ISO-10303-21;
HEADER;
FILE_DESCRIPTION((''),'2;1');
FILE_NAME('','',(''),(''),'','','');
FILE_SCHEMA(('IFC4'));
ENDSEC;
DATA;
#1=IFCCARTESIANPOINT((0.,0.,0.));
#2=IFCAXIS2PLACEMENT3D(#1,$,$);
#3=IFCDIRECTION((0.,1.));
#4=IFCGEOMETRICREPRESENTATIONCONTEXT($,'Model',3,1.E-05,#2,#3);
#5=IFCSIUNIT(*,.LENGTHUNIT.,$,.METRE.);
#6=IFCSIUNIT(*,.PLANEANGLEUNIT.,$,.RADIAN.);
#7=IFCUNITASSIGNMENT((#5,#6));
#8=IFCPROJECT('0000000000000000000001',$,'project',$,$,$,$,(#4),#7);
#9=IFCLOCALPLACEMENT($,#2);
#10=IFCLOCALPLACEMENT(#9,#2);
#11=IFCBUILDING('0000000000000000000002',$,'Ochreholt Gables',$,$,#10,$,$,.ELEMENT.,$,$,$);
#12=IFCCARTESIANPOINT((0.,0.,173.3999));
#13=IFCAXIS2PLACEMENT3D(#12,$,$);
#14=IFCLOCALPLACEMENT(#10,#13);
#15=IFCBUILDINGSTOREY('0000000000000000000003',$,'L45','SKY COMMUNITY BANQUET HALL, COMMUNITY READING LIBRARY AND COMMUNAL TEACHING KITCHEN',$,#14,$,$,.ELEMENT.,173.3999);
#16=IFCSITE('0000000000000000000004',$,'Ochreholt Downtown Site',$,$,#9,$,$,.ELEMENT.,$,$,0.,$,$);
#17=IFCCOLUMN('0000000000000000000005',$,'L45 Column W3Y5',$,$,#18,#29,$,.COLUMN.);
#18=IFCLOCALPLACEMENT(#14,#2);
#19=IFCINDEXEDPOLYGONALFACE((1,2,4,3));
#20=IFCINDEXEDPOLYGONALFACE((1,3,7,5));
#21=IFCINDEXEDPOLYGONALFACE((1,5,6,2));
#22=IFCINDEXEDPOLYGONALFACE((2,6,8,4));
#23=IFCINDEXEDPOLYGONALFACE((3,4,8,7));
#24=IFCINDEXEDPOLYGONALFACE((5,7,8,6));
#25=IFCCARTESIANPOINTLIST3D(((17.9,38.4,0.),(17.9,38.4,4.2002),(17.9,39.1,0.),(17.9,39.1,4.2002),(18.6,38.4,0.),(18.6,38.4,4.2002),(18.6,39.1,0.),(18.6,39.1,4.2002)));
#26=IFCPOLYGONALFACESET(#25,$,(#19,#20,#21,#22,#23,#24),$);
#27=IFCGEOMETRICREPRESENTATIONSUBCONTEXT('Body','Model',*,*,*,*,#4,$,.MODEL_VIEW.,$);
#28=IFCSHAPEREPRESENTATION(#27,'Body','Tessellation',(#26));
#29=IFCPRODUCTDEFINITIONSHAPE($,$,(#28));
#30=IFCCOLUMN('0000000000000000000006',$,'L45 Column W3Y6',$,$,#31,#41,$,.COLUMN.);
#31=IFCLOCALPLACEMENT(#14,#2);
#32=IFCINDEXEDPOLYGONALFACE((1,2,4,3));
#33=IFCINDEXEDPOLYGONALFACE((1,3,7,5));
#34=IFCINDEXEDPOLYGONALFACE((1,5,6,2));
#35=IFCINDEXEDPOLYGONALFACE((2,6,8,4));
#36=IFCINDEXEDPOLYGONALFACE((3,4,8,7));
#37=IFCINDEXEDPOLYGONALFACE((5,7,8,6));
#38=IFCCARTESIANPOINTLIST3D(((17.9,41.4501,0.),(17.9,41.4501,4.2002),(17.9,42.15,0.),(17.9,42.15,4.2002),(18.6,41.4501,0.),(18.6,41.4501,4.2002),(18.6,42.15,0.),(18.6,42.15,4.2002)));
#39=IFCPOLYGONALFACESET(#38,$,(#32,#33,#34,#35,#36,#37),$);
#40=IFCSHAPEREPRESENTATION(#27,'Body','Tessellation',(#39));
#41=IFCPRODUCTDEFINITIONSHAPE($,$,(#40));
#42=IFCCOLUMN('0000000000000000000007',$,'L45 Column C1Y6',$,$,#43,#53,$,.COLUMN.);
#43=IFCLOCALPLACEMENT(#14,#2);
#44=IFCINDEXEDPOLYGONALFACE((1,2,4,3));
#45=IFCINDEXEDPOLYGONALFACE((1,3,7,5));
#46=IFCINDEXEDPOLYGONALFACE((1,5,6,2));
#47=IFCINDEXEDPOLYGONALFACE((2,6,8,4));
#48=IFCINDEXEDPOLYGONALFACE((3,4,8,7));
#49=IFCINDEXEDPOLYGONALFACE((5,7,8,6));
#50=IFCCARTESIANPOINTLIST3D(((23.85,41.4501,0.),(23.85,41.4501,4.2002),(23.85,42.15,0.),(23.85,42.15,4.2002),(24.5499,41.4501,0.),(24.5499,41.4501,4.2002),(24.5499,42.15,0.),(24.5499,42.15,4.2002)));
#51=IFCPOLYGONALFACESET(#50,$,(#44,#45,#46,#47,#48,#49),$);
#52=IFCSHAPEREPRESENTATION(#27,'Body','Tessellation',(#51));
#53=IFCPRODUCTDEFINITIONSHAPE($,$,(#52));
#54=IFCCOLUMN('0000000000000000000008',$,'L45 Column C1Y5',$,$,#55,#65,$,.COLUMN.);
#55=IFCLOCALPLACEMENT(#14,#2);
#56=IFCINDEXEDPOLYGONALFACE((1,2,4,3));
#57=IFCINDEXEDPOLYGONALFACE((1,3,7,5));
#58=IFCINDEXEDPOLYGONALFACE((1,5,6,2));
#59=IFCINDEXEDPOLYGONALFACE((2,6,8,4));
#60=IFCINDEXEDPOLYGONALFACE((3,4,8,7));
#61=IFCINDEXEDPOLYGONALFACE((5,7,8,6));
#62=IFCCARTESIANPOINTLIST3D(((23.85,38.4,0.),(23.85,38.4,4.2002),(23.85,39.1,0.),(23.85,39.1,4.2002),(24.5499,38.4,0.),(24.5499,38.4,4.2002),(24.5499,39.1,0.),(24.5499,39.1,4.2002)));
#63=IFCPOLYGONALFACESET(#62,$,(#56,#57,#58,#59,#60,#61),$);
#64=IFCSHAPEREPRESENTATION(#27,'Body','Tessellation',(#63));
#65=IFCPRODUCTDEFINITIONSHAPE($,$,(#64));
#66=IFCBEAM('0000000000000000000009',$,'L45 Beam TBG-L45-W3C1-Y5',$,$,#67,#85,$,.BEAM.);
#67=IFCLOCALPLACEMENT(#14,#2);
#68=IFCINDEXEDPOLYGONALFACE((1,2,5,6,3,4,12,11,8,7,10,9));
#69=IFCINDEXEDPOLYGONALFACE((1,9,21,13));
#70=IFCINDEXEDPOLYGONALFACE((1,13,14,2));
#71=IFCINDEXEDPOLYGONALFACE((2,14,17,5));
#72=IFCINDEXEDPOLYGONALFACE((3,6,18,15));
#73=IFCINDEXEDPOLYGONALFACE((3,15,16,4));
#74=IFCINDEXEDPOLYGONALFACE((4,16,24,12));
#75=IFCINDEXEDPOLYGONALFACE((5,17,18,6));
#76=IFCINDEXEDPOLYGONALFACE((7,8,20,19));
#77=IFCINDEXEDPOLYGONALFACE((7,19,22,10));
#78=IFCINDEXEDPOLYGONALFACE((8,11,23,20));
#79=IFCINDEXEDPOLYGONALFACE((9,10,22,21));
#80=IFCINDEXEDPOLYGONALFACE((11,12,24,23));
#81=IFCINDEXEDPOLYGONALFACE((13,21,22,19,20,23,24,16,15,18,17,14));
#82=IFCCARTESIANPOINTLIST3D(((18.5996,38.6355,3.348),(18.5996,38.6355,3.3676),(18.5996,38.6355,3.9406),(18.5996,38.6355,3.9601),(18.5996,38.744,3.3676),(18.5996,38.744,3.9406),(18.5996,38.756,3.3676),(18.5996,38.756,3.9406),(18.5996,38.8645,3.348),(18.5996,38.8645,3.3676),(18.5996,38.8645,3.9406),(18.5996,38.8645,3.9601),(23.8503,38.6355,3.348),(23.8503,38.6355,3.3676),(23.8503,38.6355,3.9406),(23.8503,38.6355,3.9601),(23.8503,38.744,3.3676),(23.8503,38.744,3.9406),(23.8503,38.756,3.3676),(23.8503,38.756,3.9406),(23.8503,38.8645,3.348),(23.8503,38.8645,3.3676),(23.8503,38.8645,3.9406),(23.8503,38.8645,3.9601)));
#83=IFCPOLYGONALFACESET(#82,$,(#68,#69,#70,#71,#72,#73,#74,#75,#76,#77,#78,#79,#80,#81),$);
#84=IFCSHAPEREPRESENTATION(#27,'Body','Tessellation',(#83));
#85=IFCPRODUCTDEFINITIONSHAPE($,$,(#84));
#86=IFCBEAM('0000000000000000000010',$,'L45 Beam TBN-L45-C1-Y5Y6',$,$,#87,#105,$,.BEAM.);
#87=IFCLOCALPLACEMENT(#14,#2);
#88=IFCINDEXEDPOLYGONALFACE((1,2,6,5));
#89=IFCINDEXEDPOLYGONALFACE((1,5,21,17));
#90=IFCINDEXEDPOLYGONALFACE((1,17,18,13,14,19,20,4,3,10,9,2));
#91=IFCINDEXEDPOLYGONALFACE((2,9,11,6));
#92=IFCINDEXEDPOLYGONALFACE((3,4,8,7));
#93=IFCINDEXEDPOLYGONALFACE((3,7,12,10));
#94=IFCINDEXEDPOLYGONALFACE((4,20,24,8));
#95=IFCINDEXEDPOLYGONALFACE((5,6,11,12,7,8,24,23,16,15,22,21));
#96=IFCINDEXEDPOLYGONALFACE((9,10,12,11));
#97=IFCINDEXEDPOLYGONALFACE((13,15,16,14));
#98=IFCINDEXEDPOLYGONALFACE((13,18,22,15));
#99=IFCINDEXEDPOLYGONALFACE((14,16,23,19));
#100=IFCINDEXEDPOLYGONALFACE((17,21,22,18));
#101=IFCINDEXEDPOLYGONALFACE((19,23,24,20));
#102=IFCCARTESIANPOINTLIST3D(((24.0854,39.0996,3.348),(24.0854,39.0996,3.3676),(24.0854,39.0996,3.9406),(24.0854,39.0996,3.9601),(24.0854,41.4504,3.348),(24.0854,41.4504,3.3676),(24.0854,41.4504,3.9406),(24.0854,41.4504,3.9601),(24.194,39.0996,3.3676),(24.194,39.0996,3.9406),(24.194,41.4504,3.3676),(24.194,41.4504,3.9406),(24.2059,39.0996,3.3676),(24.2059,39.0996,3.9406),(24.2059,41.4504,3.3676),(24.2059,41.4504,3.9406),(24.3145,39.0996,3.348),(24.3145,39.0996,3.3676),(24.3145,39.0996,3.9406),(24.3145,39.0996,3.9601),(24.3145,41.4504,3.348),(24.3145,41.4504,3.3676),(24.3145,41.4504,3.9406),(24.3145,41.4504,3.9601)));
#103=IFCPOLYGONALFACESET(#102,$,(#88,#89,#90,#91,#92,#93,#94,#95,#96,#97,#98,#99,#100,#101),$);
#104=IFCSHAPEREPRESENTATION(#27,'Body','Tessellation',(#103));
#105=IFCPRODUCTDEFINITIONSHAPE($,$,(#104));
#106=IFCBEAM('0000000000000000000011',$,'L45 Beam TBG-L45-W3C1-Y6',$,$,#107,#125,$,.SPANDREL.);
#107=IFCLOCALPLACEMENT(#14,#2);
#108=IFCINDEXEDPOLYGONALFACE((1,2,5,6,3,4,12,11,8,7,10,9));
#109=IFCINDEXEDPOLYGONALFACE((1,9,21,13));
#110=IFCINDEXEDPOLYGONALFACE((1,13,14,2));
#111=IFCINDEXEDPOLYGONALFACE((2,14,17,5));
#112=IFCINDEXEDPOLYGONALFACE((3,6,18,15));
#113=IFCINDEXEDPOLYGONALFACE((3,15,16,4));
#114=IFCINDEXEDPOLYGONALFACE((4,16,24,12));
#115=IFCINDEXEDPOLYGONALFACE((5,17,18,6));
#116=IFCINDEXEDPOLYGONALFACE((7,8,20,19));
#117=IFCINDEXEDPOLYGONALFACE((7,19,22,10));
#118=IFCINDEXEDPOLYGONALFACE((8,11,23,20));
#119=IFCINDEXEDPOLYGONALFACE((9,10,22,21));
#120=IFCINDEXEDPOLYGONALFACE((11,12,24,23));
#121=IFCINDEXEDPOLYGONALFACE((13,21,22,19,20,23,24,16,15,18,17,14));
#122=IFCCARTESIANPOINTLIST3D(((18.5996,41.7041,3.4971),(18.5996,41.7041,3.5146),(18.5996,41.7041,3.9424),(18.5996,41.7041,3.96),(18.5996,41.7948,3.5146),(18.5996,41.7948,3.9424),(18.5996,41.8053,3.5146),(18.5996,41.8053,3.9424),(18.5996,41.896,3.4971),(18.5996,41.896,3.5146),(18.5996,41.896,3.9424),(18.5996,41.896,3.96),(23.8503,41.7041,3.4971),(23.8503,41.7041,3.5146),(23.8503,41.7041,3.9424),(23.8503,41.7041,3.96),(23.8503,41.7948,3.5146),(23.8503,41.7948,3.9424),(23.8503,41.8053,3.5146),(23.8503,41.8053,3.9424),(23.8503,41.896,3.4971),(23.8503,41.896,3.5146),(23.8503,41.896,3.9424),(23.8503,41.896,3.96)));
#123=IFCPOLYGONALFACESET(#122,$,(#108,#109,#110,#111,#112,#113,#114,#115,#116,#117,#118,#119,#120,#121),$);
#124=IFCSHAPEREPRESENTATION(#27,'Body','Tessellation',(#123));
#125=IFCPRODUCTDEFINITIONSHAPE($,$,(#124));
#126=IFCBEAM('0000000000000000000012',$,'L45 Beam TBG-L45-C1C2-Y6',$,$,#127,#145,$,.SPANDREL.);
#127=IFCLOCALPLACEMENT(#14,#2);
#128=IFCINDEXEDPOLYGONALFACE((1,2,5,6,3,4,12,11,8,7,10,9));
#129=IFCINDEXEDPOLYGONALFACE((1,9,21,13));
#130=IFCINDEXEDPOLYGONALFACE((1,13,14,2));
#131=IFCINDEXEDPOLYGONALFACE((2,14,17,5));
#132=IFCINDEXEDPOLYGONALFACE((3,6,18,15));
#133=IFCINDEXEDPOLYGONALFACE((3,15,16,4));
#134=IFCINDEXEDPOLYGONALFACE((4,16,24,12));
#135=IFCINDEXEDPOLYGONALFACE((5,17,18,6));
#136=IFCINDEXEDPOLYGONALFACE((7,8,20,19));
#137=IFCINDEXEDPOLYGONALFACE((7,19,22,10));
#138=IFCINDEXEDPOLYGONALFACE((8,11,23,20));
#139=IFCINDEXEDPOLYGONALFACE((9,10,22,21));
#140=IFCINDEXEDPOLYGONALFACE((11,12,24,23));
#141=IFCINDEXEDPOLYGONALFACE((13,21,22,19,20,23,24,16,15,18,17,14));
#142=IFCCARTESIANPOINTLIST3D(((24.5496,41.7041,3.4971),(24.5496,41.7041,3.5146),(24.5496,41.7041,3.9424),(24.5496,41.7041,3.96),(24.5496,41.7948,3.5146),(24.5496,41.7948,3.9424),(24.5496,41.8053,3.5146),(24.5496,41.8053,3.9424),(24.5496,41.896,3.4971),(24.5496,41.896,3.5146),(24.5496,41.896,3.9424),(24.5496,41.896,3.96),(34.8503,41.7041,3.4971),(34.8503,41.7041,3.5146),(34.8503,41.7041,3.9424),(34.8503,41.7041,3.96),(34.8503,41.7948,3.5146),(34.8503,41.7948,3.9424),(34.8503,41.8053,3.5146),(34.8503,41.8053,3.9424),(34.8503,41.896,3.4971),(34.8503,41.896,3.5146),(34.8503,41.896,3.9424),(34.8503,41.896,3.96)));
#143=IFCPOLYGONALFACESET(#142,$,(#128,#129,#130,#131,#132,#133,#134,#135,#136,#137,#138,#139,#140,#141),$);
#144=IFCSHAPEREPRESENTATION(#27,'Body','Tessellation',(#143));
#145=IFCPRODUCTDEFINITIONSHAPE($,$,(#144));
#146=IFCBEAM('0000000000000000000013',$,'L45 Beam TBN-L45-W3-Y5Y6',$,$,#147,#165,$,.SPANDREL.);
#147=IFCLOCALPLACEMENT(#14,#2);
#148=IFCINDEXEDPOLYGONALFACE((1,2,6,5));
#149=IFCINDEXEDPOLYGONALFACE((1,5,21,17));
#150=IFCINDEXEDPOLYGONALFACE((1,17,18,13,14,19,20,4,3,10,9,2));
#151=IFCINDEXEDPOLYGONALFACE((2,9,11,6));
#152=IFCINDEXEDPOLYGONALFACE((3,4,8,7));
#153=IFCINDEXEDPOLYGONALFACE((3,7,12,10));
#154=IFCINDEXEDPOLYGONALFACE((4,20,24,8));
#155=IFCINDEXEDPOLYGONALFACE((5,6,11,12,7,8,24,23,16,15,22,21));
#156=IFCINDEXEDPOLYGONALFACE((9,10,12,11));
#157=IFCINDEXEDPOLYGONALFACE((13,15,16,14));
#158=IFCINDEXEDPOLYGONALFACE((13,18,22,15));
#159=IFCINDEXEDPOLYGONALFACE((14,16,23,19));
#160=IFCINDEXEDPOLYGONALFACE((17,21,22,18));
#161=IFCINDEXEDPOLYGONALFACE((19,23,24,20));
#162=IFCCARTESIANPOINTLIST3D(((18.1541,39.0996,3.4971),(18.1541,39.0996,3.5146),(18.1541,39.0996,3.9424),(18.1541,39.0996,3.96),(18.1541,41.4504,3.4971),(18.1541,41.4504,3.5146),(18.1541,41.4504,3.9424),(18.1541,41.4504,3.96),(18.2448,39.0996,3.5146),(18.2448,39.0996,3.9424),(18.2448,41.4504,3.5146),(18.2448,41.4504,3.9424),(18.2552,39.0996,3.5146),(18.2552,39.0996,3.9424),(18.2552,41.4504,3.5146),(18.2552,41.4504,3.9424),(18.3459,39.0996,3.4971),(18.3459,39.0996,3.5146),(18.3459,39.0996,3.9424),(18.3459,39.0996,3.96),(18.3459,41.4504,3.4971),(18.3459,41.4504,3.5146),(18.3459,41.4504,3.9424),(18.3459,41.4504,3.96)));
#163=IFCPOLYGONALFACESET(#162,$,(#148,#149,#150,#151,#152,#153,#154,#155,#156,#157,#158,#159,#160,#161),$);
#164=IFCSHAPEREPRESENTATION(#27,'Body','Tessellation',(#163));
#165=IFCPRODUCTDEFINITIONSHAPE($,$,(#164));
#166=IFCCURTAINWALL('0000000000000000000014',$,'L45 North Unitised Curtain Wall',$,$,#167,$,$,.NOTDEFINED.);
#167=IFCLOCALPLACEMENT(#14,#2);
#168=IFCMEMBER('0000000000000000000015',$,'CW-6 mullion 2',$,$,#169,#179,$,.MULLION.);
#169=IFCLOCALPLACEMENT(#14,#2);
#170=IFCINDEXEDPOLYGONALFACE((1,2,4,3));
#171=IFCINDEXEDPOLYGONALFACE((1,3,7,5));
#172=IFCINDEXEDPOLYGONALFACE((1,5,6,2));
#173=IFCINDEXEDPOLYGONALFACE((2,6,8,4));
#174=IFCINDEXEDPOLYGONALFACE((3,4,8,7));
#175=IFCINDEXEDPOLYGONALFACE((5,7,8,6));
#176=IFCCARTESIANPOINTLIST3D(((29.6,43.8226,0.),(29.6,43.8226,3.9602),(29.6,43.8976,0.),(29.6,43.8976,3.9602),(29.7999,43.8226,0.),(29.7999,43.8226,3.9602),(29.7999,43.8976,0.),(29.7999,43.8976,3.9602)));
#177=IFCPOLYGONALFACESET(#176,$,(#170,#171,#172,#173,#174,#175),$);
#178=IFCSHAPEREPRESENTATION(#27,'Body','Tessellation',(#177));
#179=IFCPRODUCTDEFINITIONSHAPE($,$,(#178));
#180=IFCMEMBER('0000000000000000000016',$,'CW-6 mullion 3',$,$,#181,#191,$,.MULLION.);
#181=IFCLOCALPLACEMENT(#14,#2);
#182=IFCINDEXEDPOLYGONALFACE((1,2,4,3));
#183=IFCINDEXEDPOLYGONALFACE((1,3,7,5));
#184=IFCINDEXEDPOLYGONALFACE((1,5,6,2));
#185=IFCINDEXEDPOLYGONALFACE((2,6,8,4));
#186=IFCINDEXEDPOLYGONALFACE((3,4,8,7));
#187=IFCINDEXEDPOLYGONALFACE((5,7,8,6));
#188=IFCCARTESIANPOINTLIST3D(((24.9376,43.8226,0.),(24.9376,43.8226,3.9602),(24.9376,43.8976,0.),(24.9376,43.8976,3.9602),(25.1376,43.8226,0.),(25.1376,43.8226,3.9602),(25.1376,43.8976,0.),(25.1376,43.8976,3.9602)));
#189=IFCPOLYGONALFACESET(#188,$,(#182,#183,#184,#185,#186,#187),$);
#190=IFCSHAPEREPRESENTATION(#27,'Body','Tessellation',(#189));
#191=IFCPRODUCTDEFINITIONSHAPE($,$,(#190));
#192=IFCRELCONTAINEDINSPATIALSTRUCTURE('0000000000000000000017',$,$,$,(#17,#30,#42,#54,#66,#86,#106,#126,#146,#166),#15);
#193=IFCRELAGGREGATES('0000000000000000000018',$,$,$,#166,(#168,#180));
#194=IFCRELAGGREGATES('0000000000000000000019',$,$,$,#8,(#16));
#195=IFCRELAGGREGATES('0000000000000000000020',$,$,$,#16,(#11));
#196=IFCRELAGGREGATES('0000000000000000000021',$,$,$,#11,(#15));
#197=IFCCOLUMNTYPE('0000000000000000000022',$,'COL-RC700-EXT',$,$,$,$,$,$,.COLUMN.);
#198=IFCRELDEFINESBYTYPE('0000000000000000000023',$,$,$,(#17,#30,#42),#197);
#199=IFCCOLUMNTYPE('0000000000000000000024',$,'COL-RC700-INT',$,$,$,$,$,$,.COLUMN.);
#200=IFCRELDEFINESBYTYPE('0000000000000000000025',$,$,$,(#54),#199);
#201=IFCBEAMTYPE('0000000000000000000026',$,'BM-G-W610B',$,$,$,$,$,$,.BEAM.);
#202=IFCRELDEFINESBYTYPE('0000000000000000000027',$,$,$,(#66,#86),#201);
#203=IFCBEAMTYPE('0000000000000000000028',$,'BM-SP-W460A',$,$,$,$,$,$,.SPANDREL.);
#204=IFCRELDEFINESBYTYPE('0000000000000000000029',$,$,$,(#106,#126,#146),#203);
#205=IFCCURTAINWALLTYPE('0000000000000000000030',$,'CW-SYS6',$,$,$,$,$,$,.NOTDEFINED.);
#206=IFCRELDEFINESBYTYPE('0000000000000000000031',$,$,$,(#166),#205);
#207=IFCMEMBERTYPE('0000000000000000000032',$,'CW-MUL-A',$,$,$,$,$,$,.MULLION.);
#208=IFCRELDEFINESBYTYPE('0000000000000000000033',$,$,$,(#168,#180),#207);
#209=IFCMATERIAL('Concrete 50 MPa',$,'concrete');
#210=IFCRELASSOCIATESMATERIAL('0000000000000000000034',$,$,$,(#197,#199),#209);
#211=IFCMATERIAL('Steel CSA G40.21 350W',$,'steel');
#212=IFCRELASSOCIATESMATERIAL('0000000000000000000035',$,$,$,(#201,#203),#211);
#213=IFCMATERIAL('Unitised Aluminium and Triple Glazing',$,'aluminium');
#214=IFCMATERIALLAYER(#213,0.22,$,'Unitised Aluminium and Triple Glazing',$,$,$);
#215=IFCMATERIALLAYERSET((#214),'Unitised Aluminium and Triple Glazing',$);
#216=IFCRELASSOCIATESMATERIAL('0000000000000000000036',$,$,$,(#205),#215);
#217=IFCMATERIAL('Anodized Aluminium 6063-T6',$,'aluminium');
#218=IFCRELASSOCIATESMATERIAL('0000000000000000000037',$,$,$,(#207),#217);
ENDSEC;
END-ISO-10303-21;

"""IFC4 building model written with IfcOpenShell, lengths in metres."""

from ifc_helpers import new_model, si_unit, direction, frame, origin, origin_2d, place, context, subcontext, project, spatial, rectangle, i_section, extrude, material, layer, layer_set, material_profile, profile_set, type_object, element, aggregate, save


model = new_model("IFC4")

# Units and contexts
model_context = context("Model", 3, precision=1e-05, world=origin(), true_north=direction((0.0, 1.0)))
body_context = subcontext(model_context, "Body", "Model", "MODEL_VIEW")
ifc_project = project(units=[si_unit("LENGTHUNIT", "METRE"), si_unit("PLANEANGLEUNIT", "RADIAN")], contexts=[model_context])

# Site, building, storey
site_placement = place(None, origin())
site = spatial("IfcSite", under=ifc_project, at=site_placement, Name="Ochreholt Downtown Site", CompositionType="ELEMENT", RefElevation=0.0)
building_placement = place(site_placement, origin())
building = spatial("IfcBuilding", under=site, at=building_placement, Name="Ochreholt Gables", CompositionType="ELEMENT")
storey_placement = place(building_placement, frame((0.0, 0.0, 173.3999)))
storey = spatial("IfcBuildingStorey", under=building, at=storey_placement, Name="L45", Description="SKY COMMUNITY BANQUET HALL, COMMUNITY READING LIBRARY AND COMMUNAL TEACHING KITCHEN", CompositionType="ELEMENT", Elevation=173.3999)

# Columns
ifc_material_1 = material(Name="Concrete 50 MPa", Category="concrete")
ifc_material_profile_1 = material_profile(ifc_material_1, rectangle(XDim=0.7, YDim=0.7, at=origin_2d()), Name="RC700X700")
ifc_profile_set_1 = profile_set([ifc_material_profile_1], Name="Concrete 50 MPa")
column_type_1 = type_object("IfcColumnType", Name="COL-RC700-EXT", PredefinedType="COLUMN", material=ifc_profile_set_1)
for number, where, z_axis, x_axis, name in (
    (1, (18.25, 38.75, 0.0), (0.0, 0.0, 1.0), (1.0, 0.0, 0.0), "L45 Column W3Y5"),
    (2, (18.25, 41.8, 0.0), (0.0, 0.0, 1.0), (1.0, 0.0, 0.0), "L45 Column W3Y6"),
    (3, (24.2, 41.8, 0.0), (0.0, 0.0, 1.0), (1.0, 0.0, 0.0), "L45 Column C1Y6"),
):
    element("IfcColumn", number, at=place(storey_placement, frame(where, z_axis=z_axis, x_axis=x_axis)), inside=storey, type_object=column_type_1, Name=name, PredefinedType="COLUMN", context=body_context, shape_type="SweptSolid", body=[
        extrude(rectangle(XDim=0.7, YDim=0.7, at=origin_2d()), origin(), (0.0, 0.0, 1.0), 4.2002),
    ])
ifc_material_profile_2 = material_profile(ifc_material_1, rectangle(XDim=0.7, YDim=0.7, at=origin_2d()), Name="RC700X700")
ifc_profile_set_2 = profile_set([ifc_material_profile_2], Name="Concrete 50 MPa")
column_type_2 = type_object("IfcColumnType", Name="COL-RC700-INT", PredefinedType="COLUMN", material=ifc_profile_set_2)
column_placement = place(storey_placement, frame((24.2, 38.75, 0.0), z_axis=(0.0, 0.0, 1.0), x_axis=(1.0, 0.0, 0.0)))
element("IfcColumn", 4, at=column_placement, inside=storey, type_object=column_type_2, Name="L45 Column C1Y5", PredefinedType="COLUMN", context=body_context, shape_type="SweptSolid", body=[
    extrude(rectangle(XDim=0.7, YDim=0.7, at=origin_2d()), origin(), (0.0, 0.0, 1.0), 4.2002),
])

# Beams
ifc_material_2 = material(Name="Steel CSA G40.21 350W", Category="steel")
ifc_material_profile_3 = material_profile(ifc_material_2, i_section(OverallWidth=0.229, OverallDepth=0.6121, WebThickness=0.012, FlangeThickness=0.0195, at=origin_2d()), Name="W610X125")
ifc_profile_set_3 = profile_set([ifc_material_profile_3], Name="Steel CSA G40.21 350W")
beam_type_1 = type_object("IfcBeamType", Name="BM-G-W610B", PredefinedType="BEAM", material=ifc_profile_set_3)
beam_1_placement = place(storey_placement, frame((18.5996, 38.75, 3.6541), z_axis=(1.0, 0.0, 0.0), x_axis=(0.0, 1.0, 0.0)))
element("IfcBeam", 5, at=beam_1_placement, inside=storey, type_object=beam_type_1, Name="L45 Beam TBG-L45-W3C1-Y5", PredefinedType="BEAM", context=body_context, shape_type="SweptSolid", body=[
    extrude(i_section(OverallWidth=0.229, OverallDepth=0.6121, WebThickness=0.012, FlangeThickness=0.0195, at=origin_2d()), origin(), (0.0, 0.0, 1.0), 5.2507),
])
beam_2_placement = place(storey_placement, frame((24.2, 39.0996, 3.6541), z_axis=(0.0, 1.0, 0.0), x_axis=(-1.0, 0.0, 0.0)))
element("IfcBeam", 6, at=beam_2_placement, inside=storey, type_object=beam_type_1, Name="L45 Beam TBN-L45-C1-Y5Y6", PredefinedType="BEAM", context=body_context, shape_type="SweptSolid", body=[
    extrude(i_section(OverallWidth=0.229, OverallDepth=0.6121, WebThickness=0.012, FlangeThickness=0.0195, at=origin_2d()), origin(), (0.0, 0.0, 1.0), 2.3508),
])
ifc_material_profile_4 = material_profile(ifc_material_2, i_section(OverallWidth=0.1919, OverallDepth=0.4629, WebThickness=0.0105, FlangeThickness=0.0176, at=origin_2d()), Name="W460X89")
ifc_profile_set_4 = profile_set([ifc_material_profile_4], Name="Steel CSA G40.21 350W")
beam_type_2 = type_object("IfcBeamType", Name="BM-SP-W460A", PredefinedType="SPANDREL", material=ifc_profile_set_4)
beam_3_placement = place(storey_placement, frame((18.5996, 41.8, 3.7285), z_axis=(1.0, 0.0, 0.0), x_axis=(0.0, 1.0, 0.0)))
element("IfcBeam", 7, at=beam_3_placement, inside=storey, type_object=beam_type_2, Name="L45 Beam TBG-L45-W3C1-Y6", PredefinedType="SPANDREL", context=body_context, shape_type="SweptSolid", body=[
    extrude(i_section(OverallWidth=0.1919, OverallDepth=0.4629, WebThickness=0.0105, FlangeThickness=0.0176, at=origin_2d()), origin(), (0.0, 0.0, 1.0), 5.2507),
])
beam_4_placement = place(storey_placement, frame((24.5496, 41.8, 3.7285), z_axis=(1.0, 0.0, 0.0), x_axis=(0.0, 1.0, 0.0)))
element("IfcBeam", 8, at=beam_4_placement, inside=storey, type_object=beam_type_2, Name="L45 Beam TBG-L45-C1C2-Y6", PredefinedType="SPANDREL", context=body_context, shape_type="SweptSolid", body=[
    extrude(i_section(OverallWidth=0.1919, OverallDepth=0.4629, WebThickness=0.0105, FlangeThickness=0.0176, at=origin_2d()), origin(), (0.0, 0.0, 1.0), 10.3008),
])
beam_5_placement = place(storey_placement, frame((18.25, 39.0996, 3.7285), z_axis=(0.0, 1.0, 0.0), x_axis=(-1.0, 0.0, 0.0)))
element("IfcBeam", 9, at=beam_5_placement, inside=storey, type_object=beam_type_2, Name="L45 Beam TBN-L45-W3-Y5Y6", PredefinedType="SPANDREL", context=body_context, shape_type="SweptSolid", body=[
    extrude(i_section(OverallWidth=0.1919, OverallDepth=0.4629, WebThickness=0.0105, FlangeThickness=0.0176, at=origin_2d()), origin(), (0.0, 0.0, 1.0), 2.3508),
])

# Curtain wall, members
ifc_material_3 = material(Name="Unitised Aluminium and Triple Glazing", Category="aluminium")
ifc_layer_1 = layer(ifc_material_3, 0.22, Name="Unitised Aluminium and Triple Glazing")
ifc_layer_set_1 = layer_set([ifc_layer_1], Name="Unitised Aluminium and Triple Glazing")
curtain_wall_type = type_object("IfcCurtainWallType", Name="CW-SYS6", PredefinedType="NOTDEFINED", material=ifc_layer_set_1)
curtain_wall_placement = place(storey_placement, origin())
curtain_wall = element("IfcCurtainWall", 10, at=curtain_wall_placement, inside=storey, type_object=curtain_wall_type, Name="L45 North Unitised Curtain Wall", PredefinedType="NOTDEFINED")
ifc_material_4 = material(Name="Anodized Aluminium 6063-T6", Category="aluminium")
ifc_material_profile_5 = material_profile(ifc_material_4, rectangle(XDim=0.075, YDim=0.2, at=origin_2d()), Name="CWM75X200")
ifc_profile_set_5 = profile_set([ifc_material_profile_5], Name="Anodized Aluminium 6063-T6")
member_type_1 = type_object("IfcMemberType", Name="CW-MUL-A", PredefinedType="MULLION", material=ifc_profile_set_5)
member_1_placement = place(storey_placement, frame((29.7, 43.8601, 0.0), z_axis=(0.0, 0.0, 1.0), x_axis=(0.0, -1.0, 0.0)))
member_1 = element("IfcMember", 11, at=member_1_placement, type_object=member_type_1, Name="CW-6 mullion 2", PredefinedType="MULLION", context=body_context, shape_type="SweptSolid", body=[
    extrude(rectangle(XDim=0.075, YDim=0.2, at=origin_2d()), origin(), (0.0, 0.0, 1.0), 3.9602),
])
member_2_placement = place(storey_placement, frame((25.0376, 43.8601, 0.0), z_axis=(0.0, 0.0, 1.0), x_axis=(0.0, -1.0, 0.0)))
member_2 = element("IfcMember", 12, at=member_2_placement, type_object=member_type_1, Name="CW-6 mullion 3", PredefinedType="MULLION", context=body_context, shape_type="SweptSolid", body=[
    extrude(rectangle(XDim=0.075, YDim=0.2, at=origin_2d()), origin(), (0.0, 0.0, 1.0), 3.9602),
])
aggregate(curtain_wall, [member_1, member_2])

save(model, "model.ifc")
